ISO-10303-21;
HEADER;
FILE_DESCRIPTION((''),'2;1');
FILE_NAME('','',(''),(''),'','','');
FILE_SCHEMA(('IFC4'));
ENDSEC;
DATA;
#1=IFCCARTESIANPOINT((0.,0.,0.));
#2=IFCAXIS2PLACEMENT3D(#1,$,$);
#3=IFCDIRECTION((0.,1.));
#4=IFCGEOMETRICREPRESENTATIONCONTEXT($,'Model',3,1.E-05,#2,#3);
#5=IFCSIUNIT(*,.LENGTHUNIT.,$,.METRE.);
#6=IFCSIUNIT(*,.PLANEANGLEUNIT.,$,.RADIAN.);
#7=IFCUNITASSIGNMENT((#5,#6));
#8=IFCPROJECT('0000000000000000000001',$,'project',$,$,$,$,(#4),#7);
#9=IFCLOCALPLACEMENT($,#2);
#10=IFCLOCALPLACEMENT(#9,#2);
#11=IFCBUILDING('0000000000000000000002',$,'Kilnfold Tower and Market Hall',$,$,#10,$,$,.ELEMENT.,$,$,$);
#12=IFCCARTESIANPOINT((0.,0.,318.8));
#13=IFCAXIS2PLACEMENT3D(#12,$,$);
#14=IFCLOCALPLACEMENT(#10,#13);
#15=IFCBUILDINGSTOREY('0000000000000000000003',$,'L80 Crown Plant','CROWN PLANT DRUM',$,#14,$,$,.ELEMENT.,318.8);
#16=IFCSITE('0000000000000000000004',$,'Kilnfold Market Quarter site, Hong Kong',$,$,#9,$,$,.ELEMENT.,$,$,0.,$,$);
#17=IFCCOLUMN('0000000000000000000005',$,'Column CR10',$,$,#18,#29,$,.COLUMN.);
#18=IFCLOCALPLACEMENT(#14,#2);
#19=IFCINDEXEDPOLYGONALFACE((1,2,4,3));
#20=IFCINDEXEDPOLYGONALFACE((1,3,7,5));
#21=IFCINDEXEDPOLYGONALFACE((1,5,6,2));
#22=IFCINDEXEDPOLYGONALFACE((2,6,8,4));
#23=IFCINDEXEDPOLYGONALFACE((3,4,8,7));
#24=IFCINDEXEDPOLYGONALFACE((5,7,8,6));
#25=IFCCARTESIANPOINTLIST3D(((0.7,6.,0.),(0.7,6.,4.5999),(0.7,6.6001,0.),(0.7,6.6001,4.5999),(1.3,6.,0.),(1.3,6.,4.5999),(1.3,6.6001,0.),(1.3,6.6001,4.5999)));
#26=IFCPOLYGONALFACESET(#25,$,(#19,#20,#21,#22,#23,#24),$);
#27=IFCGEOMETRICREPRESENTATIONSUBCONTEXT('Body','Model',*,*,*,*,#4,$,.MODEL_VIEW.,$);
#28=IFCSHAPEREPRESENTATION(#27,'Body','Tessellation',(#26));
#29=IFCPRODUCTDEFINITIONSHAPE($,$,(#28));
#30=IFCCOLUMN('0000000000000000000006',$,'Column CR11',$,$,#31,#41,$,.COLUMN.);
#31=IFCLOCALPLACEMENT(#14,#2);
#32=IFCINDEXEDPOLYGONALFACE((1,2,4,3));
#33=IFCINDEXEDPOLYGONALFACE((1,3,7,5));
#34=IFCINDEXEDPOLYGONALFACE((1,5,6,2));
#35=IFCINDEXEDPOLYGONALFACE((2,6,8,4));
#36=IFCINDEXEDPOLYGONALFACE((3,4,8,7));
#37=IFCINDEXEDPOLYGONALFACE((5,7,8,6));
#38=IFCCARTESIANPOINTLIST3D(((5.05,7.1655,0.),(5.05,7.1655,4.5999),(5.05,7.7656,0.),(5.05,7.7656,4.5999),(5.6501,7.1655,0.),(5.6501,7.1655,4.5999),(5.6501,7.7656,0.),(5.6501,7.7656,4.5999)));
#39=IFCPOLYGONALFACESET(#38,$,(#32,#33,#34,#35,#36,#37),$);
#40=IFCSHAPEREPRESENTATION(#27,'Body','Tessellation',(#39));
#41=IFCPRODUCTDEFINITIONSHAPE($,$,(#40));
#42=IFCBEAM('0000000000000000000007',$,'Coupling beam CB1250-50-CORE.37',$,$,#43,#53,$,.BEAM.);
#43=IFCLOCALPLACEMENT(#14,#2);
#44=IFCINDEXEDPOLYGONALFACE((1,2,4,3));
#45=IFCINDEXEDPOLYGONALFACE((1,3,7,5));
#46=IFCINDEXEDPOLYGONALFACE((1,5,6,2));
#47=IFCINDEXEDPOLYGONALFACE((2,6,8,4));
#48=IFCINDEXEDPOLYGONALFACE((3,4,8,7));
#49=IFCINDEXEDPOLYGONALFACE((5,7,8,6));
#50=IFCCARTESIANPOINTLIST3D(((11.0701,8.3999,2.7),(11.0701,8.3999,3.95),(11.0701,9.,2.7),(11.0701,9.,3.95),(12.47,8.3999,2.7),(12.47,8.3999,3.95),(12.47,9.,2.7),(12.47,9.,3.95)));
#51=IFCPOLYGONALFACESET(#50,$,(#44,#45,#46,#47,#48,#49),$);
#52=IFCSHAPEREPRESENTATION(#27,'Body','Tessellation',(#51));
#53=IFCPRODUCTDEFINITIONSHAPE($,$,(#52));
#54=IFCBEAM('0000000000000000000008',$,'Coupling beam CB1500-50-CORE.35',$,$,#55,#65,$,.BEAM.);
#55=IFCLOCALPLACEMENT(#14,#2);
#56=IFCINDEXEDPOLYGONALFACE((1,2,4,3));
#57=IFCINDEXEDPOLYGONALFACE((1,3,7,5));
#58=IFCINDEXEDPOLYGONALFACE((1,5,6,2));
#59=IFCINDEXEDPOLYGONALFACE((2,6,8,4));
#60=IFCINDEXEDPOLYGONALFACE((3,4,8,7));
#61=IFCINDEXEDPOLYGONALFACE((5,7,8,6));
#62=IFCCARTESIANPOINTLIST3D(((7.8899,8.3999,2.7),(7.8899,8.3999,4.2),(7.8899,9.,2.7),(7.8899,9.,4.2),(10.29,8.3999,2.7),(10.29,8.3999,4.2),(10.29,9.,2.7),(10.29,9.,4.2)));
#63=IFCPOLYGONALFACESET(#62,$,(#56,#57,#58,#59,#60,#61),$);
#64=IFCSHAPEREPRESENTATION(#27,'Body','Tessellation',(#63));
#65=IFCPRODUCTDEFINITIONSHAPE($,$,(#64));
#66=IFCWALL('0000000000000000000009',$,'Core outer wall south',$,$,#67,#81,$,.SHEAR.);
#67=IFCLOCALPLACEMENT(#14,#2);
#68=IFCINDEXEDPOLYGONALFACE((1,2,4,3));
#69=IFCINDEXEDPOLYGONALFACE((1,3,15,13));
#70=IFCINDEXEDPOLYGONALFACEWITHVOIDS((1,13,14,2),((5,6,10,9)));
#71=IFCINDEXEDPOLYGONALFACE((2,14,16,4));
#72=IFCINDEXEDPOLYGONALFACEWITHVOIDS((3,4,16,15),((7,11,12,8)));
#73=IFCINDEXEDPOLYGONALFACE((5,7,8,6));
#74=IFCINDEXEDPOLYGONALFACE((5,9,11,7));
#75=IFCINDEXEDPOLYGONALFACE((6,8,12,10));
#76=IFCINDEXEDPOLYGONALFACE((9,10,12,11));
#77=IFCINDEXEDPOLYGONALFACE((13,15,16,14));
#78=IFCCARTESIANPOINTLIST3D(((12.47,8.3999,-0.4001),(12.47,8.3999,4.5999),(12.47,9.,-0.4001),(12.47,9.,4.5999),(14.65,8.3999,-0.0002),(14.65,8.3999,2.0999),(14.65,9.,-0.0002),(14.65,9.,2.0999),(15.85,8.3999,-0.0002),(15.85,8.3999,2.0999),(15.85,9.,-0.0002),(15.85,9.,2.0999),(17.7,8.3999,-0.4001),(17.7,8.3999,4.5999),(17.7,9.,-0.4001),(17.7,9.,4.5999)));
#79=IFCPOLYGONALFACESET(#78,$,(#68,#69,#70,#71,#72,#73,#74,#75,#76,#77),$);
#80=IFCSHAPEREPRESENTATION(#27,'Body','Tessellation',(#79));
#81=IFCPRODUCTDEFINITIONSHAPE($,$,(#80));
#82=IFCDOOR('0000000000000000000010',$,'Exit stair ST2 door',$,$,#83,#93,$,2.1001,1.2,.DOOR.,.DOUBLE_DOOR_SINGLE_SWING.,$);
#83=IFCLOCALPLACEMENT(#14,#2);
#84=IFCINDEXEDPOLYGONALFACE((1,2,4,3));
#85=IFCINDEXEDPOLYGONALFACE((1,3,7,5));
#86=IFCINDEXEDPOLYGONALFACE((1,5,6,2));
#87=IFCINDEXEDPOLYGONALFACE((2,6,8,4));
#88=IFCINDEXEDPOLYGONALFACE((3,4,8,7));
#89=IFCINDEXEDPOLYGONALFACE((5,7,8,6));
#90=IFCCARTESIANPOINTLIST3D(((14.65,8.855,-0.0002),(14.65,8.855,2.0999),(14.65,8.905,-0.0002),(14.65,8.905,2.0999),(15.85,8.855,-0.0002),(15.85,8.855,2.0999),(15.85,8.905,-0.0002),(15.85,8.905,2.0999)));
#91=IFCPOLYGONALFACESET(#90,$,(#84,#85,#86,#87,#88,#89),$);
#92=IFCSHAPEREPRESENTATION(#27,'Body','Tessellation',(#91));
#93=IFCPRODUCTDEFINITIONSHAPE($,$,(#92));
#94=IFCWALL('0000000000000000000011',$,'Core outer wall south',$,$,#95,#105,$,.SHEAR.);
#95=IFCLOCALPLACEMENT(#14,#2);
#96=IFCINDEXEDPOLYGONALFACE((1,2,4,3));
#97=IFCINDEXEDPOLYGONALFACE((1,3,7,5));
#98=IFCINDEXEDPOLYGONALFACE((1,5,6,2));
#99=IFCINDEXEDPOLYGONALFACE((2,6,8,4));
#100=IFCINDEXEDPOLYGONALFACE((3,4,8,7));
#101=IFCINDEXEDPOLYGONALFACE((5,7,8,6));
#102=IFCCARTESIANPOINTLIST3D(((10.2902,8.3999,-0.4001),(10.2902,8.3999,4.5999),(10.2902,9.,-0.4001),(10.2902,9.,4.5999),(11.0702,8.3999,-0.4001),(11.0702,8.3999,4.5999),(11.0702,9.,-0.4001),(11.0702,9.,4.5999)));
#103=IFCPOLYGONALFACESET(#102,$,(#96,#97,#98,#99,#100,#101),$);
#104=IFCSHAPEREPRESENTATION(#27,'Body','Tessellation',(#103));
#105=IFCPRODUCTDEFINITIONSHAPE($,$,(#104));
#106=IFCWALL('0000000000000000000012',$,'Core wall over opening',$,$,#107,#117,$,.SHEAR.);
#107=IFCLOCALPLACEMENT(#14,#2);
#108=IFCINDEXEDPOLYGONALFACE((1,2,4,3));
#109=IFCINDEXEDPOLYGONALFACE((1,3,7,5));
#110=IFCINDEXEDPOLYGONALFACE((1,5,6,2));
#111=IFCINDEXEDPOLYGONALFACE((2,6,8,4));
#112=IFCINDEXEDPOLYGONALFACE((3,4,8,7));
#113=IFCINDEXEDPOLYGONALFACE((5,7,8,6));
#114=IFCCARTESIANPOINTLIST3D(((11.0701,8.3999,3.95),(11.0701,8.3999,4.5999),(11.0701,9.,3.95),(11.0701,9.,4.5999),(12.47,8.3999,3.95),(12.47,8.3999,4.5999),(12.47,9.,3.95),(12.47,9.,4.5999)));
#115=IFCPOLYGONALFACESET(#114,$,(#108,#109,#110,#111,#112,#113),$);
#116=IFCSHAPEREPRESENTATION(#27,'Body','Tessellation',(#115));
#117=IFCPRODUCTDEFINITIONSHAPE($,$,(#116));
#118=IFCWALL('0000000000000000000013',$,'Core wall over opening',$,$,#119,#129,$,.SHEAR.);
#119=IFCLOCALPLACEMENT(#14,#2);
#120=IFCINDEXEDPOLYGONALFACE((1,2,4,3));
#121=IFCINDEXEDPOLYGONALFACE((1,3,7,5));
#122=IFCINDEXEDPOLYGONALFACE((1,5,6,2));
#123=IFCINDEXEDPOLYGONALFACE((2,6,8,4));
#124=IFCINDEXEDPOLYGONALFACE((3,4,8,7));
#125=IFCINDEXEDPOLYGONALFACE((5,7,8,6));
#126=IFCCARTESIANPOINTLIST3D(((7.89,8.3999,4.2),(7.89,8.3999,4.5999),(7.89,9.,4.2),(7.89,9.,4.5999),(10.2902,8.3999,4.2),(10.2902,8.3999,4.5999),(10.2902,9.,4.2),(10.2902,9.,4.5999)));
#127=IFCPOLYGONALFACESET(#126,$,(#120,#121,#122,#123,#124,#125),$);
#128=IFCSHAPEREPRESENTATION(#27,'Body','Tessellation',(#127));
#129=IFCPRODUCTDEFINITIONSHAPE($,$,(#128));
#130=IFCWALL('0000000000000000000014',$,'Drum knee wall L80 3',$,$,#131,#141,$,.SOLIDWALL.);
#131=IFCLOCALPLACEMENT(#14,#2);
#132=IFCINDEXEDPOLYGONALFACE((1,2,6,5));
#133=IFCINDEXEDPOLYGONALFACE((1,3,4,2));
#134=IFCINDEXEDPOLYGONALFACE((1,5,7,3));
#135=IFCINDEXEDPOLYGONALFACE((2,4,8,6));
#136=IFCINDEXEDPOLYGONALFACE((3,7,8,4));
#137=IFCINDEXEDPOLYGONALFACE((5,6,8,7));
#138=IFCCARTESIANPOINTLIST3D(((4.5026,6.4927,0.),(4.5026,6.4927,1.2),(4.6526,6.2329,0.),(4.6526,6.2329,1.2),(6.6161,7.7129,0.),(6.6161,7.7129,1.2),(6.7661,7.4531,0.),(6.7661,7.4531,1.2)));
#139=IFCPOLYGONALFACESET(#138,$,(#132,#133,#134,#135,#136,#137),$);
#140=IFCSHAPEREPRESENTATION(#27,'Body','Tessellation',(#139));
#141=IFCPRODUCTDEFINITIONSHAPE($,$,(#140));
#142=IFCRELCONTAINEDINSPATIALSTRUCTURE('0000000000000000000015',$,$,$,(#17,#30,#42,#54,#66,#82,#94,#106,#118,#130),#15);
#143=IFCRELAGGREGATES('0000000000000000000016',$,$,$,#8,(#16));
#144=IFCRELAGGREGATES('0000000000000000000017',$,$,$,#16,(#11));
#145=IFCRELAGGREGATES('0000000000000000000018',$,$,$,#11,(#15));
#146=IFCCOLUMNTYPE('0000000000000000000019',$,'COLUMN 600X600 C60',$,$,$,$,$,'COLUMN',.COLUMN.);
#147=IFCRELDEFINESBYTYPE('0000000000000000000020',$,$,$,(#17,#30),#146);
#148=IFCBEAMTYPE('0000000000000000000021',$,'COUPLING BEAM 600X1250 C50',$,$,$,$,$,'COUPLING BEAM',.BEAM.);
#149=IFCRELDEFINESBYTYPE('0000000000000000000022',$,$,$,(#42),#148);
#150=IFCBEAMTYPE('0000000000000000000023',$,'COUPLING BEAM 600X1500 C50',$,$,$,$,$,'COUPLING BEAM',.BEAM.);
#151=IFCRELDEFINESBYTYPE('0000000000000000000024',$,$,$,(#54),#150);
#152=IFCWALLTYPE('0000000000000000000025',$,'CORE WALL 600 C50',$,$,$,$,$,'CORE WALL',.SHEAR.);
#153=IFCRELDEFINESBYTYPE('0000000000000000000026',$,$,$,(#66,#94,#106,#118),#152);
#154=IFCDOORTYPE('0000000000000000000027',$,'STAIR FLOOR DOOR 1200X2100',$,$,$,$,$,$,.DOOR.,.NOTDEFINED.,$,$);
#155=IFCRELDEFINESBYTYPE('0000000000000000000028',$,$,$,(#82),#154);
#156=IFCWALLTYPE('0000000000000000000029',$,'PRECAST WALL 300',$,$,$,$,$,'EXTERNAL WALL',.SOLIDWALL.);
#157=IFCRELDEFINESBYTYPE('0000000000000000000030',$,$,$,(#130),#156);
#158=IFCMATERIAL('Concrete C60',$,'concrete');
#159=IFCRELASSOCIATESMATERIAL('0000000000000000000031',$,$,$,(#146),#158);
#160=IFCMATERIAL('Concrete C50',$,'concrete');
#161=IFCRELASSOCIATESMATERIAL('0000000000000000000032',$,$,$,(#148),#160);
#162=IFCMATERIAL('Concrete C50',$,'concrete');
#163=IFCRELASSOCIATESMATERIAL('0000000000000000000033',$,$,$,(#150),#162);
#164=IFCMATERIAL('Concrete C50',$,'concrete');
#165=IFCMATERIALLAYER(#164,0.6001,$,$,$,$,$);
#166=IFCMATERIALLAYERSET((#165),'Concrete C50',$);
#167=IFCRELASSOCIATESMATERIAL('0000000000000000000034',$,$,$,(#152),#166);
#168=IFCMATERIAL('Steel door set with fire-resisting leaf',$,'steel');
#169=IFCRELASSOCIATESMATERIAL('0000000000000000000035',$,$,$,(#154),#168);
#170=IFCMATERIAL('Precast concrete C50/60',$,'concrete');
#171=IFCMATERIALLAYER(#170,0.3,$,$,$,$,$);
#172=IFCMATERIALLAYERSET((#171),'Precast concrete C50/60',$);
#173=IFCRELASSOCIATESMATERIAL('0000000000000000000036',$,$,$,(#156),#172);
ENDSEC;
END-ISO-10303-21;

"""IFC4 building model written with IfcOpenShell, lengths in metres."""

from ifc_helpers import new_model, si_unit, direction, frame, frame_2d, origin, origin_2d, place, context, subcontext, project, spatial, rectangle, extrude, source, transform, mapped, material, layer, layer_set, material_profile, profile_set, type_object, element, fill, save


model = new_model("IFC4")

# Units and contexts
model_context = context("Model", 3, precision=1e-05, world=origin(), true_north=direction((0.0, 1.0)))
body_context = subcontext(model_context, "Body", "Model", "MODEL_VIEW")
ifc_project = project(units=[si_unit("LENGTHUNIT", "METRE"), si_unit("PLANEANGLEUNIT", "RADIAN")], contexts=[model_context])

# Site, building, storey
site_placement = place(None, origin())
site = spatial("IfcSite", under=ifc_project, at=site_placement, Name="Kilnfold Market Quarter site, Hong Kong", CompositionType="ELEMENT", RefElevation=0.0)
building_placement = place(site_placement, origin())
building = spatial("IfcBuilding", under=site, at=building_placement, Name="Kilnfold Tower and Market Hall", CompositionType="ELEMENT")
storey_placement = place(building_placement, frame((0.0, 0.0, 318.8)))
storey = spatial("IfcBuildingStorey", under=building, at=storey_placement, Name="L80 Crown Plant", Description="CROWN PLANT DRUM", CompositionType="ELEMENT", Elevation=318.8)

# Columns
ifc_material_1 = material(Name="Concrete C60", Category="concrete")
ifc_material_profile_1 = material_profile(ifc_material_1, rectangle(XDim=0.6001, YDim=0.6001, at=origin_2d()), Name="RC 600x600")
ifc_profile_set_1 = profile_set([ifc_material_profile_1], Name="Concrete C60")
column_type = type_object("IfcColumnType", Name="COLUMN 600X600 C60", ElementType="COLUMN", PredefinedType="COLUMN", material=ifc_profile_set_1)
shared_shape_1 = source(origin(), body_context, "Body", "SweptSolid", [
    extrude(rectangle(XDim=0.6001, YDim=0.6001, at=origin_2d()), origin(), (0.0, 0.0, 1.0), 4.5999),
])
for number, where, z_axis, x_axis, name in (
    (1, (1.0, 6.3, 0.0), (0.0, 0.0, 1.0), (1.0, 0.0, 0.0), "Column CR10"),
    (2, (5.3501, 7.4656, 0.0), (0.0, 0.0, 1.0), (1.0, 0.0, 0.0), "Column CR11"),
):
    element("IfcColumn", number, at=place(storey_placement, frame(where, z_axis=z_axis, x_axis=x_axis)), inside=storey, type_object=column_type, Name=name, PredefinedType="COLUMN", context=body_context, shape_type="MappedRepresentation", body=[
        mapped(shared_shape_1, transform((0.0, 0.0, 0.0))),
    ])

# Beams
ifc_material_2 = material(Name="Concrete C50", Category="concrete")
ifc_material_profile_2 = material_profile(ifc_material_2, rectangle(XDim=0.6001, YDim=1.25, at=origin_2d()), Name="RC 600x1250")
ifc_profile_set_2 = profile_set([ifc_material_profile_2], Name="Concrete C50")
beam_type_1 = type_object("IfcBeamType", Name="COUPLING BEAM 600X1250 C50", ElementType="COUPLING BEAM", PredefinedType="BEAM", material=ifc_profile_set_2)
shared_shape_2 = source(origin(), body_context, "Body", "SweptSolid", [
    extrude(rectangle(XDim=0.6001, YDim=1.25, at=origin_2d()), origin(), (0.0, 0.0, 1.0), 1.3999),
])
beam_1_placement = place(storey_placement, frame((11.0701, 8.7, 3.325), z_axis=(1.0, 0.0, 0.0), x_axis=(0.0, 1.0, 0.0)))
element("IfcBeam", 3, at=beam_1_placement, inside=storey, type_object=beam_type_1, Name="Coupling beam CB1250-50-CORE.37", PredefinedType="BEAM", context=body_context, shape_type="MappedRepresentation", body=[
    mapped(shared_shape_2, transform((0.0, 0.0, 0.0))),
])
ifc_material_3 = material(Name="Concrete C50", Category="concrete")
ifc_material_profile_3 = material_profile(ifc_material_3, rectangle(XDim=0.6001, YDim=1.5, at=origin_2d()), Name="RC 600x1500")
ifc_profile_set_3 = profile_set([ifc_material_profile_3], Name="Concrete C50")
beam_type_2 = type_object("IfcBeamType", Name="COUPLING BEAM 600X1500 C50", ElementType="COUPLING BEAM", PredefinedType="BEAM", material=ifc_profile_set_3)
shared_shape_3 = source(origin(), body_context, "Body", "SweptSolid", [
    extrude(rectangle(XDim=0.6001, YDim=1.5, at=origin_2d()), origin(), (0.0, 0.0, 1.0), 2.4001),
])
beam_2_placement = place(storey_placement, frame((7.8899, 8.7, 3.45), z_axis=(1.0, 0.0, 0.0), x_axis=(0.0, 1.0, 0.0)))
element("IfcBeam", 4, at=beam_2_placement, inside=storey, type_object=beam_type_2, Name="Coupling beam CB1500-50-CORE.35", PredefinedType="BEAM", context=body_context, shape_type="MappedRepresentation", body=[
    mapped(shared_shape_3, transform((0.0, 0.0, 0.0))),
])

# Wall, opening, door
ifc_material_4 = material(Name="Concrete C50", Category="concrete")
ifc_layer_1 = layer(ifc_material_4, 0.6001)
ifc_layer_set_1 = layer_set([ifc_layer_1], Name="Concrete C50")
wall_type_1 = type_object("IfcWallType", Name="CORE WALL 600 C50", ElementType="CORE WALL", PredefinedType="SHEAR", material=ifc_layer_set_1)
shared_shape_4 = source(origin(), body_context, "Body", "SweptSolid", [
    extrude(rectangle(XDim=5.23, YDim=0.6001, at=frame_2d((2.615, 0.0))), origin(), (0.0, 0.0, 1.0), 5.0),
])
wall_1_placement = place(storey_placement, frame((12.47, 8.7, -0.4001), z_axis=(0.0, 0.0, 1.0), x_axis=(1.0, 0.0, 0.0)))
wall_1 = element("IfcWall", 5, at=wall_1_placement, inside=storey, type_object=wall_type_1, Name="Core outer wall south", PredefinedType="SHEAR", context=body_context, shape_type="MappedRepresentation", body=[
    mapped(shared_shape_4, transform((0.0, 0.0, 0.0))),
])
opening_1_placement = place(wall_1_placement, frame((2.1799, 0.0, 0.3999)))
opening_1 = element("IfcOpeningElement", 6, at=opening_1_placement, cuts=wall_1, PredefinedType="OPENING", context=body_context, shape_type="SweptSolid", body=[
    extrude(rectangle(XDim=1.2, YDim=2.1001, at=frame_2d((0.6001, 1.05))), frame((0.0, 0.3101, 0.0), z_axis=(0.0, -1.0, 0.0), x_axis=(1.0, 0.0, 0.0)), (0.0, 0.0, 1.0), 0.6201),
])
ifc_material_5 = material(Name="Steel door set with fire-resisting leaf", Category="steel")
door_type_1 = type_object("IfcDoorType", Name="STAIR FLOOR DOOR 1200X2100", OperationType="NOTDEFINED", PredefinedType="DOOR", material=ifc_material_5)
door_1_placement = place(opening_1_placement, origin())
door_1 = element("IfcDoor", 7, at=door_1_placement, inside=storey, type_object=door_type_1, Name="Exit stair ST2 door", OperationType="DOUBLE_DOOR_SINGLE_SWING", OverallHeight=2.1001, OverallWidth=1.2, PredefinedType="DOOR", context=body_context, shape_type="SweptSolid", body=[
    extrude(rectangle(XDim=1.2, YDim=2.1001, at=frame_2d((0.6001, 1.05))), frame((0.0, 0.2051, 0.0), z_axis=(0.0, -1.0, 0.0), x_axis=(1.0, 0.0, 0.0)), (0.0, 0.0, 1.0), 0.05),
])
fill(opening_1, door_1)

# Walls
shared_shape_5 = source(origin(), body_context, "Body", "SweptSolid", [
    extrude(rectangle(XDim=0.78, YDim=0.6001, at=frame_2d((0.3901, 0.0))), origin(), (0.0, 0.0, 1.0), 5.0),
])
wall_2_placement = place(storey_placement, frame((10.29, 8.7, -0.4001), z_axis=(0.0, 0.0, 1.0), x_axis=(1.0, 0.0, 0.0)))
element("IfcWall", 8, at=wall_2_placement, inside=storey, type_object=wall_type_1, Name="Core outer wall south", PredefinedType="SHEAR", context=body_context, shape_type="MappedRepresentation", body=[
    mapped(shared_shape_5, transform((0.0, 0.0, 0.0))),
])
shared_shape_6 = source(origin(), body_context, "Body", "SweptSolid", [
    extrude(rectangle(XDim=1.3999, YDim=0.6001, at=frame_2d((0.7, 0.0))), origin(), (0.0, 0.0, 1.0), 0.6499),
])
wall_3_placement = place(storey_placement, frame((11.0701, 8.7, 3.95), z_axis=(0.0, 0.0, 1.0), x_axis=(1.0, 0.0, 0.0)))
element("IfcWall", 9, at=wall_3_placement, inside=storey, type_object=wall_type_1, Name="Core wall over opening", PredefinedType="SHEAR", context=body_context, shape_type="MappedRepresentation", body=[
    mapped(shared_shape_6, transform((0.0, 0.0, 0.0))),
])
shared_shape_7 = source(origin(), body_context, "Body", "SweptSolid", [
    extrude(rectangle(XDim=2.4001, YDim=0.6001, at=frame_2d((1.2002, 0.0))), origin(), (0.0, 0.0, 1.0), 0.3999),
])
wall_4_placement = place(storey_placement, frame((7.8899, 8.7, 4.2), z_axis=(0.0, 0.0, 1.0), x_axis=(1.0, 0.0, 0.0)))
element("IfcWall", 10, at=wall_4_placement, inside=storey, type_object=wall_type_1, Name="Core wall over opening", PredefinedType="SHEAR", context=body_context, shape_type="MappedRepresentation", body=[
    mapped(shared_shape_7, transform((0.0, 0.0, 0.0))),
])
ifc_material_6 = material(Name="Precast concrete C50/60", Category="concrete")
ifc_layer_2 = layer(ifc_material_6, 0.3)
ifc_layer_set_2 = layer_set([ifc_layer_2], Name="Precast concrete C50/60")
wall_type_2 = type_object("IfcWallType", Name="PRECAST WALL 300", ElementType="EXTERNAL WALL", PredefinedType="SOLIDWALL", material=ifc_layer_set_2)
shared_shape_8 = source(origin(), body_context, "Body", "SweptSolid", [
    extrude(rectangle(XDim=2.4404, YDim=0.3, at=frame_2d((1.2202, 0.0))), origin(), (0.0, 0.0, 1.0), 1.2),
])
wall_5_placement = place(storey_placement, frame((4.5776, 6.3628, 0.0), z_axis=(0.0, 0.0, 1.0), x_axis=(0.866031, 0.499991, 0.0)))
element("IfcWall", 11, at=wall_5_placement, inside=storey, type_object=wall_type_2, Name="Drum knee wall L80 3", PredefinedType="SOLIDWALL", context=body_context, shape_type="MappedRepresentation", body=[
    mapped(shared_shape_8, transform((0.0, 0.0, 0.0))),
])

save(model, "model.ifc")
